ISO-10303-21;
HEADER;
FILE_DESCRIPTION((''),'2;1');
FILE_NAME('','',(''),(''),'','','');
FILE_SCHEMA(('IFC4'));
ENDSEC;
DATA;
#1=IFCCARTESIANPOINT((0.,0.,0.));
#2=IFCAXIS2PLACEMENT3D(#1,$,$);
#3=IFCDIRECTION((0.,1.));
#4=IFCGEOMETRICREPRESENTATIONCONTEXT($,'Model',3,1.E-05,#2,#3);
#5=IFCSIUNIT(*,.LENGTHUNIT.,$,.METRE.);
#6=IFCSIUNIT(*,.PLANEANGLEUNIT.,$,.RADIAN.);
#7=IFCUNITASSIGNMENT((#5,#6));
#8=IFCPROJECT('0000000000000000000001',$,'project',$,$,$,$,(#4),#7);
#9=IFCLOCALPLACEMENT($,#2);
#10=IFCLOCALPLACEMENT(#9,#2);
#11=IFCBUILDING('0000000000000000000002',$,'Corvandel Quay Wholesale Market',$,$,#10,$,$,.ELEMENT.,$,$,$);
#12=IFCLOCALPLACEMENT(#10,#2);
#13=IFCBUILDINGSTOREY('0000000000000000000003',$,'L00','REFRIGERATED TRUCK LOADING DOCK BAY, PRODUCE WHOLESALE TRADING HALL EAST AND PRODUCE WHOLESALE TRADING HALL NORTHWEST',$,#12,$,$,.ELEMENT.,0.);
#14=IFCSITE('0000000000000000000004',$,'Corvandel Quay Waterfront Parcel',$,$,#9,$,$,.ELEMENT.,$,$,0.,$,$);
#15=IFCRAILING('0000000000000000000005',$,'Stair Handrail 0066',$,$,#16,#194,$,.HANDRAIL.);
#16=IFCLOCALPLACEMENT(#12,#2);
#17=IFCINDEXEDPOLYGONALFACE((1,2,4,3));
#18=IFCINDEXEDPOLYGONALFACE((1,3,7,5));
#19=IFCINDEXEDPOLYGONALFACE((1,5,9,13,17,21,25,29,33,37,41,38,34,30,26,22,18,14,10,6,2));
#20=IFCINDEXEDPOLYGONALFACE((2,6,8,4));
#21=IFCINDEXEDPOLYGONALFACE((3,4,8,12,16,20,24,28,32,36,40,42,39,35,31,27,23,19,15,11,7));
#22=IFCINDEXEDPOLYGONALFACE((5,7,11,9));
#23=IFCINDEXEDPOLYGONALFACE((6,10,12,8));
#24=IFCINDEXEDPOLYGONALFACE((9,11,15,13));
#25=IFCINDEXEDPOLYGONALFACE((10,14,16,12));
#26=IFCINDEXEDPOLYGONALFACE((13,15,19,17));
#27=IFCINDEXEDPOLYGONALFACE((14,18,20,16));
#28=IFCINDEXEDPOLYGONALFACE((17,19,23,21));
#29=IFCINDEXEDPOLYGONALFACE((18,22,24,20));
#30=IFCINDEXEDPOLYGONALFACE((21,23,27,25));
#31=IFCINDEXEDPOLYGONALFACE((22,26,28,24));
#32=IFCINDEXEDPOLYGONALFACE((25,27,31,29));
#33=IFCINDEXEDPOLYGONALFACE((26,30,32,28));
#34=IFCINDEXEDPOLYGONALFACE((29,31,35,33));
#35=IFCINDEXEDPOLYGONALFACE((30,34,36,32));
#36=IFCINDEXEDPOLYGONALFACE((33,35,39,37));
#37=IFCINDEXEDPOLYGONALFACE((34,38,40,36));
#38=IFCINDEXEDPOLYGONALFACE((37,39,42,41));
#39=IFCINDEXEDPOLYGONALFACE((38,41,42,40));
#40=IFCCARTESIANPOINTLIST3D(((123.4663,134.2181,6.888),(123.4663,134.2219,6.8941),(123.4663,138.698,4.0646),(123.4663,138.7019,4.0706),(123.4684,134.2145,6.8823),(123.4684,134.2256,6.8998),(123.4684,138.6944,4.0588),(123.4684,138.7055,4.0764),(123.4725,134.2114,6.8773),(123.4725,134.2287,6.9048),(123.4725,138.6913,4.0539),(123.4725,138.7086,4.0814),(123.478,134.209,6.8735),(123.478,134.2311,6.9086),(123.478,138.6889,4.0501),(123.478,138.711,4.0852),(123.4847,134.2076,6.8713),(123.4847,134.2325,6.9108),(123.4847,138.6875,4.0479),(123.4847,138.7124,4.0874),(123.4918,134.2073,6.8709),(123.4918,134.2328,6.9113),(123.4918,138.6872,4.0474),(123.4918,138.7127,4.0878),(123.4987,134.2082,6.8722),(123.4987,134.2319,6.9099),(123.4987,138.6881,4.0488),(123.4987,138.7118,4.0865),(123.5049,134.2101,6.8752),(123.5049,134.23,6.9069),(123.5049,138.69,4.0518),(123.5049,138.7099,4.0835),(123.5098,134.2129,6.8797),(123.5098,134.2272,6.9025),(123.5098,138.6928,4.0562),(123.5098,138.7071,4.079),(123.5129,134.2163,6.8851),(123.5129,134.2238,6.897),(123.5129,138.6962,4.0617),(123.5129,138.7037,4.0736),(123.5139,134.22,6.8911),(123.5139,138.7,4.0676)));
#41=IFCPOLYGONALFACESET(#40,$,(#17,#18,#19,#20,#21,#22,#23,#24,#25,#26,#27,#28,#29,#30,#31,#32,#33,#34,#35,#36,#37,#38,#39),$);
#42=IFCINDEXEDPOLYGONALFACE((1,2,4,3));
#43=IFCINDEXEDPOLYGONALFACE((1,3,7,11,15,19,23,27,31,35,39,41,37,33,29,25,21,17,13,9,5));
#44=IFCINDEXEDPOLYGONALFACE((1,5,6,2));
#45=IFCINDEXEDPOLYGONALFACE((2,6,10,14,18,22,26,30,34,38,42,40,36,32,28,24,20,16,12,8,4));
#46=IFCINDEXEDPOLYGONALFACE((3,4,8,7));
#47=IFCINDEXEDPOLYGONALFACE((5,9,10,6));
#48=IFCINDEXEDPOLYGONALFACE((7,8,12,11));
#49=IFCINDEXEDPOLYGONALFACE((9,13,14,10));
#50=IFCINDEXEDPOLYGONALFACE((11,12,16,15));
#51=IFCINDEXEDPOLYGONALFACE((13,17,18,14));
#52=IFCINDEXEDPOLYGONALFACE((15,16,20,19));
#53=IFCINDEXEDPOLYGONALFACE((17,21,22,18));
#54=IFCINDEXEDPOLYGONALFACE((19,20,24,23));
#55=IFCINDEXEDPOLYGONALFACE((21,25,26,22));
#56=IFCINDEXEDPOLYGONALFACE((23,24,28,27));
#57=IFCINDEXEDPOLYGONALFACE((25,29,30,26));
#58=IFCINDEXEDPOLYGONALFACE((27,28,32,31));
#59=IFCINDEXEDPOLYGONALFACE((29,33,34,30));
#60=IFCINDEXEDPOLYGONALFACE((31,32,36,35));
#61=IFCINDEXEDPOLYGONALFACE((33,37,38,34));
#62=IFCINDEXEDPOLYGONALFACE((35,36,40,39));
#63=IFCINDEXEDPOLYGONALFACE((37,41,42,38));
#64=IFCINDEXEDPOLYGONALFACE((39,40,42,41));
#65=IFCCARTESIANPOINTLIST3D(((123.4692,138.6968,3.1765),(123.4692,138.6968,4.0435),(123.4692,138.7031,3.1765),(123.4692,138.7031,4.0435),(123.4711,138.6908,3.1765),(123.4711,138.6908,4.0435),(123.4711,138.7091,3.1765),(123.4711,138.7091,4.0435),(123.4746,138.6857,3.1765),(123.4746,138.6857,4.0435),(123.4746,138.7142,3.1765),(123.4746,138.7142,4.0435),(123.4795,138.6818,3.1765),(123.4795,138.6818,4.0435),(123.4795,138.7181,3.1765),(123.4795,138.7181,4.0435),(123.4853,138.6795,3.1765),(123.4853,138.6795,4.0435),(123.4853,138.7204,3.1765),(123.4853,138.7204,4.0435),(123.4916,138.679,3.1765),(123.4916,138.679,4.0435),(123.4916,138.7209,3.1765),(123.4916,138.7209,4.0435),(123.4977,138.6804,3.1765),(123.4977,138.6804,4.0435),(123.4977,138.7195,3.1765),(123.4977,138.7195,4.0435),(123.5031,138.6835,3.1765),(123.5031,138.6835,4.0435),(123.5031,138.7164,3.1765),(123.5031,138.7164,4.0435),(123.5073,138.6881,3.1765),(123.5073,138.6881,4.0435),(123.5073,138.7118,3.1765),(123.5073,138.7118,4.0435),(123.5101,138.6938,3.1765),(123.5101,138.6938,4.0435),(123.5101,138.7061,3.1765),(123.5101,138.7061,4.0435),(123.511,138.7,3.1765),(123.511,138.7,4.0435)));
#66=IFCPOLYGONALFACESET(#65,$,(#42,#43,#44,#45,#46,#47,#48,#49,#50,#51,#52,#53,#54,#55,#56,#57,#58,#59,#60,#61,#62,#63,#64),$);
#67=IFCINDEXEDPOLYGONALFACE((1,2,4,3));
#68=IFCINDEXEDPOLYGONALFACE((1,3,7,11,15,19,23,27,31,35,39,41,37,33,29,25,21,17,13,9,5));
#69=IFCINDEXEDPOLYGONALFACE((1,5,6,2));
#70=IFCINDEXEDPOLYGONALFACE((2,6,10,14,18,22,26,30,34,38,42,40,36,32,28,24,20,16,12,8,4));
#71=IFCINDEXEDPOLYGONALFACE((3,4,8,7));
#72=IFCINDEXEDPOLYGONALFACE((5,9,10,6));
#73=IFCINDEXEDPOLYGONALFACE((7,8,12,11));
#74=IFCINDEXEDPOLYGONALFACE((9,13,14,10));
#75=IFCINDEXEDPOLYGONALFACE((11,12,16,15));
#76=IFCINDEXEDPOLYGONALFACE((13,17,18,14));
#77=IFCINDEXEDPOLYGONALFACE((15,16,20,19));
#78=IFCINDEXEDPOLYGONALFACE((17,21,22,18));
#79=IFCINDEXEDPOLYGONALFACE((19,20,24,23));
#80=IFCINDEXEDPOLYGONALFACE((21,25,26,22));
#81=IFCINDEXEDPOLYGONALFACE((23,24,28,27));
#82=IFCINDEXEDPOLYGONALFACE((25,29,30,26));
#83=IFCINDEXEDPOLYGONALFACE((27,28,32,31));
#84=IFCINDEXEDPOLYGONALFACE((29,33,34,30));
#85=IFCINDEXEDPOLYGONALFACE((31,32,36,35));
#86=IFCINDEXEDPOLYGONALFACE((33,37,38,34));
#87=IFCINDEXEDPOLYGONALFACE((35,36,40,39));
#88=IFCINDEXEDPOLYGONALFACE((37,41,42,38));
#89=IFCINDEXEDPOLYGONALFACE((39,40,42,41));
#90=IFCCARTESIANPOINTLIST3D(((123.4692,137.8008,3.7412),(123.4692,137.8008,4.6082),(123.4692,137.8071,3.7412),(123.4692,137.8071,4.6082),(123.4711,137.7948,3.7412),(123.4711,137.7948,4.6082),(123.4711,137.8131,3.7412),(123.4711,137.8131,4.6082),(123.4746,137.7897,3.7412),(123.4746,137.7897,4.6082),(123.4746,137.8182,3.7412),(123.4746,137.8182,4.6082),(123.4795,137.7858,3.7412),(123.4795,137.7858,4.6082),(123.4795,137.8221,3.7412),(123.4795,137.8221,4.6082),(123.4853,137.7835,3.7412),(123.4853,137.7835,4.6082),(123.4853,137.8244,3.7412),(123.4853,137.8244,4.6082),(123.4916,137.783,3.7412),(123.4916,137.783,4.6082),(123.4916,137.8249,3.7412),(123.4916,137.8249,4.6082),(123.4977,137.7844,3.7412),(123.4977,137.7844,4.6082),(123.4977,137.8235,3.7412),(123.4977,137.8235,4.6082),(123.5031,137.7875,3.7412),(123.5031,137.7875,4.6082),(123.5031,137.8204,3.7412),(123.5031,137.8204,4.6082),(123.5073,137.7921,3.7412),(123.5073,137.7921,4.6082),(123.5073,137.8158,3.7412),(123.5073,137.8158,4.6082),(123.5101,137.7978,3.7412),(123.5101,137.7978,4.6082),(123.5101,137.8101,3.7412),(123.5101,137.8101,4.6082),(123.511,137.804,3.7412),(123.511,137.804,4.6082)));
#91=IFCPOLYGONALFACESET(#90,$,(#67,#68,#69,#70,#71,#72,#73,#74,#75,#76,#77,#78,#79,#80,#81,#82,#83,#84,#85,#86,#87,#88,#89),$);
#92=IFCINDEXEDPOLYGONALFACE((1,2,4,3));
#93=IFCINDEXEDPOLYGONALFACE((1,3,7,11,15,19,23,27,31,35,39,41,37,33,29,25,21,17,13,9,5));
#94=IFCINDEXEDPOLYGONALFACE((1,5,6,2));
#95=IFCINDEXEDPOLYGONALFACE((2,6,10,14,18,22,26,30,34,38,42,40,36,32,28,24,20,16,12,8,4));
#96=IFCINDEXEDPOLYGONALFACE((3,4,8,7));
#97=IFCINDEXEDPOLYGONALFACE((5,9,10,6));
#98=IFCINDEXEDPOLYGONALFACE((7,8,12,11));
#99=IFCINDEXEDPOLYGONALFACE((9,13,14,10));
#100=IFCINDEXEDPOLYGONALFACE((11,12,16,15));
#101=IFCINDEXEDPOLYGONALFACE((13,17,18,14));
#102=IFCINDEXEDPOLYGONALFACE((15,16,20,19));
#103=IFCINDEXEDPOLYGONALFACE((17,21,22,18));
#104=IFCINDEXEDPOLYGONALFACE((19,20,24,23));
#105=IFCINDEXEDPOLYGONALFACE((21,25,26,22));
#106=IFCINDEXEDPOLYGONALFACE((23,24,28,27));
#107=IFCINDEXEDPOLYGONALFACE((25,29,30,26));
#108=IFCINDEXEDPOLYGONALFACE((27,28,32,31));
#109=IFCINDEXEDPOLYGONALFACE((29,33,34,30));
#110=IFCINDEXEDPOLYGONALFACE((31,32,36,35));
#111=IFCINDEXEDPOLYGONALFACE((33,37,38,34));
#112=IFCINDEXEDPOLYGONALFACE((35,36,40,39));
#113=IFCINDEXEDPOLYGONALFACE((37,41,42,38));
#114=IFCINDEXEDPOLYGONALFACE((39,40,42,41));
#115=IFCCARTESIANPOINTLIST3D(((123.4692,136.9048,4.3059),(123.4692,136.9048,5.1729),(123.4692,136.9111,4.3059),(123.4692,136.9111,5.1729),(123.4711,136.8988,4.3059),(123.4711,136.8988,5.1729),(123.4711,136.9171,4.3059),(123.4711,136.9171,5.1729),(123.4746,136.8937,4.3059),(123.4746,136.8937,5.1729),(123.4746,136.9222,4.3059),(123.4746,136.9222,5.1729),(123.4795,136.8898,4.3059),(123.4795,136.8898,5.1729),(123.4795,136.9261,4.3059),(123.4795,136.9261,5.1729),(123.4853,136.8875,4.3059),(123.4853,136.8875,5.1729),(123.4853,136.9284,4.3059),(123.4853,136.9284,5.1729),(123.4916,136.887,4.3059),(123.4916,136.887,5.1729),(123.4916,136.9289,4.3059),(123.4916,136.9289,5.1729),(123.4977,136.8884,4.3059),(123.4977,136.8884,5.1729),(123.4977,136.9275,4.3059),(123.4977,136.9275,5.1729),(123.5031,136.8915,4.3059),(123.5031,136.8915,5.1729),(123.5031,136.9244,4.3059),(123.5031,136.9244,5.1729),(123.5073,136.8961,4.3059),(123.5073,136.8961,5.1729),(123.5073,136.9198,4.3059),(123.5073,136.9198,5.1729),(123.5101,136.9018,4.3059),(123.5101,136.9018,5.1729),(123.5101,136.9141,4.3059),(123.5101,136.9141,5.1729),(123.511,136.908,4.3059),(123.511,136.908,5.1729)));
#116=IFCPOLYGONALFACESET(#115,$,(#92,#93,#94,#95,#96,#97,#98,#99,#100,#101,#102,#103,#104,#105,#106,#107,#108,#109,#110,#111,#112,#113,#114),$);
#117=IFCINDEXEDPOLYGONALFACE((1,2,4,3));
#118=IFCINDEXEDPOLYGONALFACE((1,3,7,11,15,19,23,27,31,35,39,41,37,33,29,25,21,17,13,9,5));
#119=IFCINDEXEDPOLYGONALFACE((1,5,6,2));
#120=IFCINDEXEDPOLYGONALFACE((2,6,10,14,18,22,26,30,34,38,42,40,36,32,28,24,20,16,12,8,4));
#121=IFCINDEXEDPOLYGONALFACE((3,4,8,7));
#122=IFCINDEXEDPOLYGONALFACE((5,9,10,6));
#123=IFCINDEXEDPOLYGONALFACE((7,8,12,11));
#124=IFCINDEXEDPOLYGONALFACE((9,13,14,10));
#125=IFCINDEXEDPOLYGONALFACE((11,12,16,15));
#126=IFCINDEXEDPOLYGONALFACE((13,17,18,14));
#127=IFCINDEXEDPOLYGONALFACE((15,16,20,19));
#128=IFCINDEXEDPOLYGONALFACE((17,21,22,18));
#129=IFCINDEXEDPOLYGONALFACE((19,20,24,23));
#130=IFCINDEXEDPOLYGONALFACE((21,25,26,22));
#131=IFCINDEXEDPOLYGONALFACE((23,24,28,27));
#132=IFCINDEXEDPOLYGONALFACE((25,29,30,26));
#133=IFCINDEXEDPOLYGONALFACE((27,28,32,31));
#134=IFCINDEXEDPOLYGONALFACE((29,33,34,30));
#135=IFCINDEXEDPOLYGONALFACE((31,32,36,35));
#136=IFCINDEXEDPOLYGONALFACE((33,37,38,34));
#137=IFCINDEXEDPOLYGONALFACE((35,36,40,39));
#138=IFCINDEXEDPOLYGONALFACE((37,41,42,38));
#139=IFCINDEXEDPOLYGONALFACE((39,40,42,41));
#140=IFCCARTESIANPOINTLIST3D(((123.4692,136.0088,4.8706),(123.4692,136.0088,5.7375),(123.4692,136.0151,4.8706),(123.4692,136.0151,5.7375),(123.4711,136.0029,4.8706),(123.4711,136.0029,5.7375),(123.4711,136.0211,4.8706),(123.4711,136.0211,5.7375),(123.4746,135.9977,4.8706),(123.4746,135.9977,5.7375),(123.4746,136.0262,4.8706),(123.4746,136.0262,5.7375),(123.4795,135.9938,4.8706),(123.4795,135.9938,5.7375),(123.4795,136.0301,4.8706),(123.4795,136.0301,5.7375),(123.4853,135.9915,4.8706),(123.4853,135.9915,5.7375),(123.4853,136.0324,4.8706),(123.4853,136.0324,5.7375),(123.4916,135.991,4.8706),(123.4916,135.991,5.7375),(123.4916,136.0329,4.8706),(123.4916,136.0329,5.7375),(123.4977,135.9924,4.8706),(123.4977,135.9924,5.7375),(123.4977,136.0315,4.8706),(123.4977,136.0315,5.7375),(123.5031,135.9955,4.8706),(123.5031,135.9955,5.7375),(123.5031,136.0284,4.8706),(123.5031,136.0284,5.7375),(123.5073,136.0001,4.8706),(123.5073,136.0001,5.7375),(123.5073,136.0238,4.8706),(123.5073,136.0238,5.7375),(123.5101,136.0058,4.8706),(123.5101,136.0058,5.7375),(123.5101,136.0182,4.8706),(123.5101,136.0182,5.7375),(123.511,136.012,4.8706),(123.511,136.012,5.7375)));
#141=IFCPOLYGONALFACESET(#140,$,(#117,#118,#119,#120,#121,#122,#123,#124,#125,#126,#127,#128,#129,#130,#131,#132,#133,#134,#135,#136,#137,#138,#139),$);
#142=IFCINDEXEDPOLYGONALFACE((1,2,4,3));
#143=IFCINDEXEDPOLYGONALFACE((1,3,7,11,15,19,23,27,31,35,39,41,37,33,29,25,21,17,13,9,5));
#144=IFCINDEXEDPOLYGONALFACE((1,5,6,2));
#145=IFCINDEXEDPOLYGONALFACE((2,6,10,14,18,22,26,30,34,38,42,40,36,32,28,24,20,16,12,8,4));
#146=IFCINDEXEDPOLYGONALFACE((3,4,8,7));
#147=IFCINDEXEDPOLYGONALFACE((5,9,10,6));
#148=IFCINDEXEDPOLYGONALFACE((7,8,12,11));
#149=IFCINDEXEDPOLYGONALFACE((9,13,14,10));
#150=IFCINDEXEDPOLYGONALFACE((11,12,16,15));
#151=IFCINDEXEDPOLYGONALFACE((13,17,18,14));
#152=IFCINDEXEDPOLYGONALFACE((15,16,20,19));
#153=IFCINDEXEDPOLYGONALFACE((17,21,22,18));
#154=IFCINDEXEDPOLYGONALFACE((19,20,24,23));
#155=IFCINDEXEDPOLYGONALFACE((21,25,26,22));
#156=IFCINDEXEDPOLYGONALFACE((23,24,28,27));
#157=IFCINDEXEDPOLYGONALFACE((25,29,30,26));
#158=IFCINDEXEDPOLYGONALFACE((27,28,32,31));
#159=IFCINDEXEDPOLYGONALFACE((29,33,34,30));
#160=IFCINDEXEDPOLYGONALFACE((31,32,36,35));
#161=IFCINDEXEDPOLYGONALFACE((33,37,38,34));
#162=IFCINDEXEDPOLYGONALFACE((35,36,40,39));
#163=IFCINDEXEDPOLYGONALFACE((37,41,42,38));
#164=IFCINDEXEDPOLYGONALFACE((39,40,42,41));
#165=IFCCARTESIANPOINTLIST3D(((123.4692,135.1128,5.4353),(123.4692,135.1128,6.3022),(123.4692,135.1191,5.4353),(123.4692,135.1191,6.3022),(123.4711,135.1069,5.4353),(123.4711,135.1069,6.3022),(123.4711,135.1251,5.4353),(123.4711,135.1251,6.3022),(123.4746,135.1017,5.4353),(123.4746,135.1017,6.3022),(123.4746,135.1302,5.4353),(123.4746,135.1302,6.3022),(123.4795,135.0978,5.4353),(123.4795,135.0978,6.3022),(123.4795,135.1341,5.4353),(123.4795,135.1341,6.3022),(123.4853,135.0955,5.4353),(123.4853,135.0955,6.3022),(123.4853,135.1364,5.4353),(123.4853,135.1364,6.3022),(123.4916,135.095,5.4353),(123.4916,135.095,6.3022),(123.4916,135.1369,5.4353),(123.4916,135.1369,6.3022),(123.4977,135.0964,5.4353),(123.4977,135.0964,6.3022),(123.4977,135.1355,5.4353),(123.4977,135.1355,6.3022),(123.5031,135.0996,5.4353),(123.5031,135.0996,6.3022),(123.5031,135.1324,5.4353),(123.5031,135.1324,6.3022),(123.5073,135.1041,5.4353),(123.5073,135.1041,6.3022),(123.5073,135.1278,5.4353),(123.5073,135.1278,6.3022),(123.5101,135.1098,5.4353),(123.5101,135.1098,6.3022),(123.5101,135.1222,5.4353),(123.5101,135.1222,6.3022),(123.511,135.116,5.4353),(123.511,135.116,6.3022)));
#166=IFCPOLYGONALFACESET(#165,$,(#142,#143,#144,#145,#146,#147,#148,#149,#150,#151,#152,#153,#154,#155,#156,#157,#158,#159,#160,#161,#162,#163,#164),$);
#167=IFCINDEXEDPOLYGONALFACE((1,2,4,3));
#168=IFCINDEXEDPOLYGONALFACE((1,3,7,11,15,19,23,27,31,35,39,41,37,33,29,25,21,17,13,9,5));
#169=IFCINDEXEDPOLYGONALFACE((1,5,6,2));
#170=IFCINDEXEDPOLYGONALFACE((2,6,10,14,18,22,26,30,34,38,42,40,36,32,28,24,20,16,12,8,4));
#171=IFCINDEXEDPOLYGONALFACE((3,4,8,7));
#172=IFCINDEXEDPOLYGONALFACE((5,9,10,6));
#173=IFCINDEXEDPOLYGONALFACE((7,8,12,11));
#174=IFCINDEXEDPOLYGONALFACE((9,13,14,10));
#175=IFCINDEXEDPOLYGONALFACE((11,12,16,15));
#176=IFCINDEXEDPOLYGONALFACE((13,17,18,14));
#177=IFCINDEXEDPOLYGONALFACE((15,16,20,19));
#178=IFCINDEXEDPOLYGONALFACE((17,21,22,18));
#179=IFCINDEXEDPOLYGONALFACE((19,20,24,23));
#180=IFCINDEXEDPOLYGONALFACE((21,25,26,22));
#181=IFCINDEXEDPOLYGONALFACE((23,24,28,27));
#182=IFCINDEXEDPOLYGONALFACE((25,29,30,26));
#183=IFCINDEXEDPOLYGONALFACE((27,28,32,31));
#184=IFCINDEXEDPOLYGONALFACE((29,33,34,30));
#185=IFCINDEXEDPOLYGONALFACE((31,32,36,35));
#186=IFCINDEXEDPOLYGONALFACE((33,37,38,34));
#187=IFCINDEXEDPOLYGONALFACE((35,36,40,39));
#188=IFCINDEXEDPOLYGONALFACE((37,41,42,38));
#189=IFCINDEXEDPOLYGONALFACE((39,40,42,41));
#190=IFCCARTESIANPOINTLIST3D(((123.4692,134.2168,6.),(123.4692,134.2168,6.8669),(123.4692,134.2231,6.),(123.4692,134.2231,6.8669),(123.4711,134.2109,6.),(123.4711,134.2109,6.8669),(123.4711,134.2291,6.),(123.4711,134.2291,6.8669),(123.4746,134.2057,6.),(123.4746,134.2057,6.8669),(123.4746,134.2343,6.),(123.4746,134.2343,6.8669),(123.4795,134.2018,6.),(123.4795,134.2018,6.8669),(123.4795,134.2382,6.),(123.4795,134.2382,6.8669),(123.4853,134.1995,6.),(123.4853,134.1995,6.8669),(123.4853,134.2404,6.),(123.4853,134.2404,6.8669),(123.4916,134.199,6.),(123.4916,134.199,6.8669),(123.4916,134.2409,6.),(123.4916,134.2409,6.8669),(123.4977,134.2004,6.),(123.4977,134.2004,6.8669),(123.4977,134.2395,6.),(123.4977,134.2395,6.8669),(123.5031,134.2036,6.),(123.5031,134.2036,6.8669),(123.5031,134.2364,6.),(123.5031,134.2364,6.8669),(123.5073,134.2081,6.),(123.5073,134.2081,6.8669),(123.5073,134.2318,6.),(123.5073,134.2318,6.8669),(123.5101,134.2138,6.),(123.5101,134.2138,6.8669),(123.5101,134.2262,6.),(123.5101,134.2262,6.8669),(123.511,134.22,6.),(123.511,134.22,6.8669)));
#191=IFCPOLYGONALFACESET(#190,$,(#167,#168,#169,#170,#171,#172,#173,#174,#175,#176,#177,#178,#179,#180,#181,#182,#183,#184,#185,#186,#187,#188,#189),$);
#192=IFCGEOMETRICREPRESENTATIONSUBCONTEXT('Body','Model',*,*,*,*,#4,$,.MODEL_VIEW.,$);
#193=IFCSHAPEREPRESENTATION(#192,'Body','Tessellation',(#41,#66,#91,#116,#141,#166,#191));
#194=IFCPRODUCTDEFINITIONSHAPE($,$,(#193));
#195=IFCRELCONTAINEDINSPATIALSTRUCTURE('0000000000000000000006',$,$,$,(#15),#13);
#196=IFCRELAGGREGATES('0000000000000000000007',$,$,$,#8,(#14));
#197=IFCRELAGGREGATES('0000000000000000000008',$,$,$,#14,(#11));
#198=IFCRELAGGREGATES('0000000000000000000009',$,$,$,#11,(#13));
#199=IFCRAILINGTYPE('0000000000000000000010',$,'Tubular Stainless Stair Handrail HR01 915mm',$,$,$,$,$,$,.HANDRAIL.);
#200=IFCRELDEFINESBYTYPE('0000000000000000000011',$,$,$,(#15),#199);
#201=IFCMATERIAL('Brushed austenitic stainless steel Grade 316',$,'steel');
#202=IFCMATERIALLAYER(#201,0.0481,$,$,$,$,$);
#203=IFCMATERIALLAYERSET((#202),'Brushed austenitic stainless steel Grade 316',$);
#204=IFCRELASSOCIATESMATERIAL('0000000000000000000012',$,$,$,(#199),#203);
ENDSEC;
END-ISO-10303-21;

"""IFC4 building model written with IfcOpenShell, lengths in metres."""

from ifc_helpers import new_model, si_unit, direction, frame, origin, origin_2d, place, context, subcontext, project, spatial, circle, extrude, material, layer, layer_set, type_object, element, save


model = new_model("IFC4")

# Units and contexts
model_context = context("Model", 3, precision=1e-05, world=origin(), true_north=direction((0.0, 1.0)))
body_context = subcontext(model_context, "Body", "Model", "MODEL_VIEW")
ifc_project = project(units=[si_unit("LENGTHUNIT", "METRE"), si_unit("PLANEANGLEUNIT", "RADIAN")], contexts=[model_context])

# Site, building, storey
site_placement = place(None, origin())
site = spatial("IfcSite", under=ifc_project, at=site_placement, Name="Corvandel Quay Waterfront Parcel", CompositionType="ELEMENT", RefElevation=0.0)
building_placement = place(site_placement, origin())
building = spatial("IfcBuilding", under=site, at=building_placement, Name="Corvandel Quay Wholesale Market", CompositionType="ELEMENT")
storey_placement = place(building_placement, origin())
storey = spatial("IfcBuildingStorey", under=building, at=storey_placement, Name="L00", Description="REFRIGERATED TRUCK LOADING DOCK BAY, PRODUCE WHOLESALE TRADING HALL EAST AND PRODUCE WHOLESALE TRADING HALL NORTHWEST", CompositionType="ELEMENT", Elevation=0.0)

# Railing
ifc_material_1 = material(Name="Brushed austenitic stainless steel Grade 316", Category="steel")
ifc_layer_1 = layer(ifc_material_1, 0.0481)
ifc_layer_set_1 = layer_set([ifc_layer_1], Name="Brushed austenitic stainless steel Grade 316")
railing_type_1 = type_object("IfcRailingType", Name="Tubular Stainless Stair Handrail HR01 915mm", PredefinedType="HANDRAIL", material=ifc_layer_set_1)
for number, where, name in (
    (1, (123.49, 138.7, 3.1765), "Stair Handrail 0066"),
):
    element("IfcRailing", number, at=place(storey_placement, frame(where)), inside=storey, type_object=railing_type_1, Name=name, PredefinedType="HANDRAIL", context=body_context, shape_type="SweptSolid", body=[
        extrude(circle(Radius=0.0239, at=origin_2d()), frame((0.0, 0.0, 0.8911), z_axis=(0.0, -0.845998, 0.533186), x_axis=(1.0, 0.0, 0.0)), (0.0, 0.0, 1.0), 5.2954),
        extrude(circle(Radius=0.021, at=origin_2d()), origin(), (0.0, 0.0, 1.0), 0.8669),
        extrude(circle(Radius=0.021, at=origin_2d()), frame((0.0, -0.896, 0.5647)), (0.0, 0.0, 1.0), 0.8669),
        extrude(circle(Radius=0.021, at=origin_2d()), frame((0.0, -1.792, 1.1294)), (0.0, 0.0, 1.0), 0.8669),
        extrude(circle(Radius=0.021, at=origin_2d()), frame((0.0, -2.688, 1.6941)), (0.0, 0.0, 1.0), 0.8669),
        extrude(circle(Radius=0.021, at=origin_2d()), frame((0.0, -3.584, 2.2588)), (0.0, 0.0, 1.0), 0.8669),
        extrude(circle(Radius=0.021, at=origin_2d()), frame((0.0, -4.48, 2.8235)), (0.0, 0.0, 1.0), 0.8669),
    ])

save(model, "model.ifc")
